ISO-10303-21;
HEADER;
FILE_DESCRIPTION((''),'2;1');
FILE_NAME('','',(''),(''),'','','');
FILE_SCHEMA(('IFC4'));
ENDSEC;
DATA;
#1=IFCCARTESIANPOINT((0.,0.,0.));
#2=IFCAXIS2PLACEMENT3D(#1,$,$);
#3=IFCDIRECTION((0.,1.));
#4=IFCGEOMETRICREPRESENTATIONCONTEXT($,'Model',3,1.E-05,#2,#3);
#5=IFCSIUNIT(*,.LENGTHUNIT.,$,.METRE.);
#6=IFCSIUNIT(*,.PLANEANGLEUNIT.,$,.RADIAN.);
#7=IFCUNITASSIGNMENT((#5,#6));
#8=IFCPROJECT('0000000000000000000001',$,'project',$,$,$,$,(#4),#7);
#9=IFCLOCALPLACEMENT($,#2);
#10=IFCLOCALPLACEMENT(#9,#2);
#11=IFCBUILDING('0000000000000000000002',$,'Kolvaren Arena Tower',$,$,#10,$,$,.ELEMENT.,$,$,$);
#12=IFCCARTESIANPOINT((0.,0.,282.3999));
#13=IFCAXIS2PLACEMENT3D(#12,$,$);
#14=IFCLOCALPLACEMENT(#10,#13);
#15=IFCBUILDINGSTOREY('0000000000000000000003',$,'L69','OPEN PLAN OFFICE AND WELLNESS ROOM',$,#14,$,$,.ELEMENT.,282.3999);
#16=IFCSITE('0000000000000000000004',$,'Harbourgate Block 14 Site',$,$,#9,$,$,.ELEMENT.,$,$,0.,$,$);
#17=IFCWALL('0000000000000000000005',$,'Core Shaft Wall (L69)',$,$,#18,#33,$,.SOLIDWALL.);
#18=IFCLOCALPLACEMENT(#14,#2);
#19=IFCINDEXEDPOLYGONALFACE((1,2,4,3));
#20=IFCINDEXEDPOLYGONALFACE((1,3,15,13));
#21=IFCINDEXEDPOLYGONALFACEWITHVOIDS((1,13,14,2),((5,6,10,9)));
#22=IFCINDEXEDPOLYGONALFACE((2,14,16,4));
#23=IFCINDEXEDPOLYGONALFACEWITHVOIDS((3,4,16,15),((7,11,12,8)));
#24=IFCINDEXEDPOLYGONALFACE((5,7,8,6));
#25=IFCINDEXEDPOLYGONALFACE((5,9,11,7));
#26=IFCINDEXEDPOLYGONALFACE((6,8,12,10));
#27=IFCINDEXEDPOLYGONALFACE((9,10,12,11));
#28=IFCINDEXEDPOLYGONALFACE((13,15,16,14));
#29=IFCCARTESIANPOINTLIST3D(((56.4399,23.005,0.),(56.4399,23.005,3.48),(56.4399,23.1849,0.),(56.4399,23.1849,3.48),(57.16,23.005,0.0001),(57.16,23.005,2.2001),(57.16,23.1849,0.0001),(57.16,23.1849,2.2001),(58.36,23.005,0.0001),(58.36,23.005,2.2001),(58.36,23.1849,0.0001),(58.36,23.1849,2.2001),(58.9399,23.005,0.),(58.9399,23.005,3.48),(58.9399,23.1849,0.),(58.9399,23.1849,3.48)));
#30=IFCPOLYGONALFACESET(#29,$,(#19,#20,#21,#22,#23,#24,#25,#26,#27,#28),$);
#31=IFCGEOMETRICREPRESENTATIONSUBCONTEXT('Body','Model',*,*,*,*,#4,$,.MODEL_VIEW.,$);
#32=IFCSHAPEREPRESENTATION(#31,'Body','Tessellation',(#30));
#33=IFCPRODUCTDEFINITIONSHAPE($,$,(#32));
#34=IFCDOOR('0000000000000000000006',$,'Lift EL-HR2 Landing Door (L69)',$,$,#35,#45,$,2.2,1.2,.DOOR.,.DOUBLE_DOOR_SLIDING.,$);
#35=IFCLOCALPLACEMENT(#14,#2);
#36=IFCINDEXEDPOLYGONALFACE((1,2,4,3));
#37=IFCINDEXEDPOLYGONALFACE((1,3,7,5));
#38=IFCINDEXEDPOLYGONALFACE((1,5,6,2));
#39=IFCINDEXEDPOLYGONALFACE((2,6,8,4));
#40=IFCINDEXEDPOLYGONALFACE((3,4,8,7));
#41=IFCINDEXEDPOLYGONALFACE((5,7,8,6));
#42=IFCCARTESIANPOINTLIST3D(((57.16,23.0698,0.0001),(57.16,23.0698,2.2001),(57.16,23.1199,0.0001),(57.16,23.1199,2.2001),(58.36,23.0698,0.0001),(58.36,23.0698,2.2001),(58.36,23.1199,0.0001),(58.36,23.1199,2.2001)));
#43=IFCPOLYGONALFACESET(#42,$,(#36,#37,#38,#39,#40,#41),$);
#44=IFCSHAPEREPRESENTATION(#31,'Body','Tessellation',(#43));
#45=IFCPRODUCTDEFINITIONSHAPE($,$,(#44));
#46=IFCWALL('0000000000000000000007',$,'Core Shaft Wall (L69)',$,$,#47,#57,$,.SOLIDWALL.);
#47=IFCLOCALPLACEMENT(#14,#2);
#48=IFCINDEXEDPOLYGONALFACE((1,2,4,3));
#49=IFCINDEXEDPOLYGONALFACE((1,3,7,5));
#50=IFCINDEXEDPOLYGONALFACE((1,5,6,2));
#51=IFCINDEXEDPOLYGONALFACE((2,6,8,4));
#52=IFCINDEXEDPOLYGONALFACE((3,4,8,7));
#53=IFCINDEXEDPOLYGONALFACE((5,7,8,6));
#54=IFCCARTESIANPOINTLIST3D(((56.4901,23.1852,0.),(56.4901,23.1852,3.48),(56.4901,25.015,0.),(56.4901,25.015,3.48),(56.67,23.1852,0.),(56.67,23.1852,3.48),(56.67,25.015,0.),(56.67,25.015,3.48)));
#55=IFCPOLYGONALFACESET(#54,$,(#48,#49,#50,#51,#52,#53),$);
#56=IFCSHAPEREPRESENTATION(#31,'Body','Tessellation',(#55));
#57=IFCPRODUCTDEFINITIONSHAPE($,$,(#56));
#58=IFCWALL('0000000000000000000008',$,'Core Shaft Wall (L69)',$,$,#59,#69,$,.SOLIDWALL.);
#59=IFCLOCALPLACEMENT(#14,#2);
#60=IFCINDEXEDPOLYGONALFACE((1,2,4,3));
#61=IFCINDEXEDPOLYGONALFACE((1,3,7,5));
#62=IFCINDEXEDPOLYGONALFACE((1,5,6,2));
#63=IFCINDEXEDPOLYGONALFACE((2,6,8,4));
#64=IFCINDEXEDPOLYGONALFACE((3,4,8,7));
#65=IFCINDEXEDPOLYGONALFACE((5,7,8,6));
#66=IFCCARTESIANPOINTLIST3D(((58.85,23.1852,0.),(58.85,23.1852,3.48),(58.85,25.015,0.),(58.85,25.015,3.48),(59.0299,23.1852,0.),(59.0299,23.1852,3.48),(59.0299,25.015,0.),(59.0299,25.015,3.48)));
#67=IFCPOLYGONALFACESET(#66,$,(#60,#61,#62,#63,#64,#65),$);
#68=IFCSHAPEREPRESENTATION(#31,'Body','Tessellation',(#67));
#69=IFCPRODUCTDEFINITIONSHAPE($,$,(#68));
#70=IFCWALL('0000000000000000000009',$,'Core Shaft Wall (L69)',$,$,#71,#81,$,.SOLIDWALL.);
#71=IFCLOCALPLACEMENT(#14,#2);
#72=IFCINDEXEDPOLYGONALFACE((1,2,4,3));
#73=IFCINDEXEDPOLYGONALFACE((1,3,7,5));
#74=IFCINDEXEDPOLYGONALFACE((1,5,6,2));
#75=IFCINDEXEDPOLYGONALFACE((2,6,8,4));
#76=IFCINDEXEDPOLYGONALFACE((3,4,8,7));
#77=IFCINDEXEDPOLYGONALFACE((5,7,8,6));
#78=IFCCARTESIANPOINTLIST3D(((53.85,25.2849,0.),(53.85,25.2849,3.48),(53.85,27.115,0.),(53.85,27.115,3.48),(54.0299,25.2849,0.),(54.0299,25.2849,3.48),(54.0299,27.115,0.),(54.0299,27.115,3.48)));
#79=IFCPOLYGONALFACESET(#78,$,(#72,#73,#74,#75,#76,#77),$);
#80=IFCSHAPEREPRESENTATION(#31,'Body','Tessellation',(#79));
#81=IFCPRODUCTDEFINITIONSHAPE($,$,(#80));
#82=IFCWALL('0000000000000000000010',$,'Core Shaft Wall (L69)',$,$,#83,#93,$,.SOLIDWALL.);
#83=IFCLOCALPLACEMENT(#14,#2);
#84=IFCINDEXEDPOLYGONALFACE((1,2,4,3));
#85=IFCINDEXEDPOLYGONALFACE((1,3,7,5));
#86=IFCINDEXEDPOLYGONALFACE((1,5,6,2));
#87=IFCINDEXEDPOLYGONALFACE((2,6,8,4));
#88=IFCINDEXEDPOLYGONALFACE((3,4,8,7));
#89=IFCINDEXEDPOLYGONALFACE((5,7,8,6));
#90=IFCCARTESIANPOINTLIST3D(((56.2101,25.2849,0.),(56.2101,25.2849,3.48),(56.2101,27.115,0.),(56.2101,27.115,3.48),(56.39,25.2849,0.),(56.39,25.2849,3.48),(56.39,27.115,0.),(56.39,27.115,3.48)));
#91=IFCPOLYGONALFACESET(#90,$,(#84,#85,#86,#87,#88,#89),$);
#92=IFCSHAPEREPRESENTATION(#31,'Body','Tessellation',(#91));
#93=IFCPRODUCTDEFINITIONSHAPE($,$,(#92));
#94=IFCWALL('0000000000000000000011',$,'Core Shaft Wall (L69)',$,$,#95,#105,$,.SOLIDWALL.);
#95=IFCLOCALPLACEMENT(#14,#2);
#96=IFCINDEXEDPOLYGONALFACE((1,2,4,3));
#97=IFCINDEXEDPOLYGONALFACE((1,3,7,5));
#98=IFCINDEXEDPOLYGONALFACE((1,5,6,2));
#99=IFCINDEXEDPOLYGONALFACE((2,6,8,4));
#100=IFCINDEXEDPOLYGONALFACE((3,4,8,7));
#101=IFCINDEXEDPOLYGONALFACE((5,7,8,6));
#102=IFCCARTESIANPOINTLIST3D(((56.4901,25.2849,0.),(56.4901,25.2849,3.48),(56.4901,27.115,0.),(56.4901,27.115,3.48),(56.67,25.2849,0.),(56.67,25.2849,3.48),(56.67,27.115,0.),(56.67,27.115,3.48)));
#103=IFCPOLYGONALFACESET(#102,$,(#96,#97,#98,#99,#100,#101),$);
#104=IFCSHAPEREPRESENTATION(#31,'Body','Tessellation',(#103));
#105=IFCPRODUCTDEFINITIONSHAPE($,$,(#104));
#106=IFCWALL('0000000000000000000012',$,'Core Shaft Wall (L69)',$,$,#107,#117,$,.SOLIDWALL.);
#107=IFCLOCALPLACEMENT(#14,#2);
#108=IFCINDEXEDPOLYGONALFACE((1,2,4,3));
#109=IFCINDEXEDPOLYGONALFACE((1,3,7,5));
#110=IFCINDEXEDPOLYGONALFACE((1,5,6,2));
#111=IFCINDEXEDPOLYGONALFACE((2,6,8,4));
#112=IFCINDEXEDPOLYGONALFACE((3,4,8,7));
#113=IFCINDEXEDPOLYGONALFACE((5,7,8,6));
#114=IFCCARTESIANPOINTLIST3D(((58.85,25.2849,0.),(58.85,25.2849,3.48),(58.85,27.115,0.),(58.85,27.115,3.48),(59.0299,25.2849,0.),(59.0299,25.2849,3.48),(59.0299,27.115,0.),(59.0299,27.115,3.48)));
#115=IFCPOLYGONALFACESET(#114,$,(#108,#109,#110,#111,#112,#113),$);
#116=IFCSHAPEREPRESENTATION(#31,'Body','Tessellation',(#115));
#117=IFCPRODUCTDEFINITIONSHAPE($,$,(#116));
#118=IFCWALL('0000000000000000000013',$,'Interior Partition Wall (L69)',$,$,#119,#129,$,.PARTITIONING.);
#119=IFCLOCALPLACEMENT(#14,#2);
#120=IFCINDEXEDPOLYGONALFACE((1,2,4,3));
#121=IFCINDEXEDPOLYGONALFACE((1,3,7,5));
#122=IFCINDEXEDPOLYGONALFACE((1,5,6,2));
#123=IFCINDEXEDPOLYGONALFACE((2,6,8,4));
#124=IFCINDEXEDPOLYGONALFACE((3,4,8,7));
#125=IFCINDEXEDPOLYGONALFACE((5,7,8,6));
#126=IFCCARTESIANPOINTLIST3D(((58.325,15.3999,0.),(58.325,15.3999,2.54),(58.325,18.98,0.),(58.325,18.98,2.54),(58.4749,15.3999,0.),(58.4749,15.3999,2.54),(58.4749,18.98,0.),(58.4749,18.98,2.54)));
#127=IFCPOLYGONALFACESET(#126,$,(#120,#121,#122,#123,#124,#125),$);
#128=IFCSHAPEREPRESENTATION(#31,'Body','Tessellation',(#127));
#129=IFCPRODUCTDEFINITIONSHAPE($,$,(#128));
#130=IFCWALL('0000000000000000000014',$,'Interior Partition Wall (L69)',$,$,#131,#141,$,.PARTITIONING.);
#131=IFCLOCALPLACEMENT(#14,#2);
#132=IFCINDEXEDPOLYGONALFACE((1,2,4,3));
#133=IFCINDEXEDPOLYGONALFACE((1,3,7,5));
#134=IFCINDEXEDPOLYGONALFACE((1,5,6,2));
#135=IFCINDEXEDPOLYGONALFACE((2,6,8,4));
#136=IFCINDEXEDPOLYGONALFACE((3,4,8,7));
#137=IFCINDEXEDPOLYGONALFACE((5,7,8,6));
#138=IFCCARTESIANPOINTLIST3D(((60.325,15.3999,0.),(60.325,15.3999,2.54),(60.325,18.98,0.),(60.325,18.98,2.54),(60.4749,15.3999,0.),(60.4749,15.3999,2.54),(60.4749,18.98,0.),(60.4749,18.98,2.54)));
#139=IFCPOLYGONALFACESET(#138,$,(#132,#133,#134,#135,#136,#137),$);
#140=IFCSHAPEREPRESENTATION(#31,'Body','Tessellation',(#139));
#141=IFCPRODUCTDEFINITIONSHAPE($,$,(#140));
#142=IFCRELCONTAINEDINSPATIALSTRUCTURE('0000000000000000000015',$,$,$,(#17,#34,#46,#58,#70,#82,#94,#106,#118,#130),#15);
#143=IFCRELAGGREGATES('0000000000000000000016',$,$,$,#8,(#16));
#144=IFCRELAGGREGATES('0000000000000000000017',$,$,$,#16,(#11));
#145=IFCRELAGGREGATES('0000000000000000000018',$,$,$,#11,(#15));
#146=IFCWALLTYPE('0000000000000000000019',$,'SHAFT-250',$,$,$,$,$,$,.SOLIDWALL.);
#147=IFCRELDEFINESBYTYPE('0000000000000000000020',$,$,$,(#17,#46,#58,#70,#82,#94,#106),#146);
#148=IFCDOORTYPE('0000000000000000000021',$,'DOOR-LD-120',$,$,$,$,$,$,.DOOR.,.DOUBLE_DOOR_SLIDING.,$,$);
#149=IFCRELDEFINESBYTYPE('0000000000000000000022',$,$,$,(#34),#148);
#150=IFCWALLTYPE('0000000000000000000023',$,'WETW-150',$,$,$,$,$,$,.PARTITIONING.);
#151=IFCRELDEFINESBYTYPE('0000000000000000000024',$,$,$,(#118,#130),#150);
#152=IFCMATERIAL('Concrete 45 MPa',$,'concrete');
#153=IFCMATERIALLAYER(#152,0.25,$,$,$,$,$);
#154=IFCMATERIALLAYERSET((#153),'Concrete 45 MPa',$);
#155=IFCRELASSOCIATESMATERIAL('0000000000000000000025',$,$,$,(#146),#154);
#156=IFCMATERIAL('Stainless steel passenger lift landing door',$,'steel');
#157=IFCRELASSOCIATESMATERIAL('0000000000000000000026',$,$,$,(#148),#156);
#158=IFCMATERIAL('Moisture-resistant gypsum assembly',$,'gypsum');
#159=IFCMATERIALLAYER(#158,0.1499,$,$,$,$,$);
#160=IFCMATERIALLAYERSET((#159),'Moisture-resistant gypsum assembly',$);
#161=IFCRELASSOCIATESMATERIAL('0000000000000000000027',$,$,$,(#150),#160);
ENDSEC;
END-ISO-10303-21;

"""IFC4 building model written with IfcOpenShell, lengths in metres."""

from ifc_helpers import new_model, si_unit, direction, frame, frame_2d, origin, place, context, subcontext, project, spatial, rectangle, extrude, material, layer, layer_set, type_object, element, fill, save


model = new_model("IFC4")

# Units and contexts
model_context = context("Model", 3, precision=1e-05, world=origin(), true_north=direction((0.0, 1.0)))
body_context = subcontext(model_context, "Body", "Model", "MODEL_VIEW")
ifc_project = project(units=[si_unit("LENGTHUNIT", "METRE"), si_unit("PLANEANGLEUNIT", "RADIAN")], contexts=[model_context])

# Site, building, storey
site_placement = place(None, origin())
site = spatial("IfcSite", under=ifc_project, at=site_placement, Name="Harbourgate Block 14 Site", CompositionType="ELEMENT", RefElevation=0.0)
building_placement = place(site_placement, origin())
building = spatial("IfcBuilding", under=site, at=building_placement, Name="Kolvaren Arena Tower", CompositionType="ELEMENT")
storey_placement = place(building_placement, frame((0.0, 0.0, 282.3999)))
storey = spatial("IfcBuildingStorey", under=building, at=storey_placement, Name="L69", Description="OPEN PLAN OFFICE AND WELLNESS ROOM", CompositionType="ELEMENT", Elevation=282.3999)

# Shared definitions
ifc_material_1 = material(Name="Concrete 45 MPa", Category="concrete")
ifc_layer_1 = layer(ifc_material_1, 0.25)
ifc_layer_set_1 = layer_set([ifc_layer_1], Name="Concrete 45 MPa")
wall_type_1 = type_object("IfcWallType", Name="SHAFT-250", PredefinedType="SOLIDWALL", material=ifc_layer_set_1)

# Wall, opening, door
wall_1_placement = place(storey_placement, frame((56.4399, 23.095, 0.0), z_axis=(0.0, 0.0, 1.0), x_axis=(1.0, 0.0, 0.0)))
wall_1 = element("IfcWall", 1, at=wall_1_placement, inside=storey, type_object=wall_type_1, Name="Core Shaft Wall (L69)", PredefinedType="SOLIDWALL", context=body_context, shape_type="SweptSolid", body=[
    extrude(rectangle(XDim=2.5, YDim=0.1799, at=frame_2d((1.25, 0.0))), origin(), (0.0, 0.0, 1.0), 3.48),
])
opening_placement = place(wall_1_placement, frame((0.72, 0.0, 0.0)))
opening = element("IfcOpeningElement", 2, at=opening_placement, cuts=wall_1, PredefinedType="OPENING", context=body_context, shape_type="SweptSolid", body=[
    extrude(rectangle(XDim=1.2, YDim=2.2, at=frame_2d((0.6001, 1.1001))), frame((0.0, 0.0999, 0.0), z_axis=(0.0, -1.0, 0.0), x_axis=(1.0, 0.0, 0.0)), (0.0, 0.0, 1.0), 0.2),
])
ifc_material_2 = material(Name="Stainless steel passenger lift landing door", Category="steel")
door_type = type_object("IfcDoorType", Name="DOOR-LD-120", OperationType="DOUBLE_DOOR_SLIDING", PredefinedType="DOOR", material=ifc_material_2)
door_placement = place(opening_placement, origin())
door = element("IfcDoor", 3, at=door_placement, inside=storey, type_object=door_type, Name="Lift EL-HR2 Landing Door (L69)", OperationType="DOUBLE_DOOR_SLIDING", OverallHeight=2.2, OverallWidth=1.2, PredefinedType="DOOR", context=body_context, shape_type="SweptSolid", body=[
    extrude(rectangle(XDim=1.2, YDim=2.2, at=frame_2d((0.6001, 1.1001))), frame((0.0, 0.0249, 0.0), z_axis=(0.0, -1.0, 0.0), x_axis=(1.0, 0.0, 0.0)), (0.0, 0.0, 1.0), 0.05),
])
fill(opening, door)

# Walls
for number, where, z_axis, x_axis, name in (
    (4, (56.5801, 23.1851, 0.0), (0.0, 0.0, 1.0), (0.0, 1.0, 0.0), "Core Shaft Wall (L69)"),
    (5, (58.9399, 23.1851, 0.0), (0.0, 0.0, 1.0), (0.0, 1.0, 0.0), "Core Shaft Wall (L69)"),
):
    element("IfcWall", number, at=place(storey_placement, frame(where, z_axis=z_axis, x_axis=x_axis)), inside=storey, type_object=wall_type_1, Name=name, PredefinedType="SOLIDWALL", context=body_context, shape_type="SweptSolid", body=[
        extrude(rectangle(XDim=1.8298, YDim=0.1799, at=frame_2d((0.915, 0.0))), origin(), (0.0, 0.0, 1.0), 3.48),
    ])
for number, where, z_axis, x_axis, name in (
    (6, (53.9399, 25.2849, 0.0), (0.0, 0.0, 1.0), (0.0, 1.0, 0.0), "Core Shaft Wall (L69)"),
    (7, (56.3, 25.2849, 0.0), (0.0, 0.0, 1.0), (0.0, 1.0, 0.0), "Core Shaft Wall (L69)"),
    (8, (56.5801, 25.2849, 0.0), (0.0, 0.0, 1.0), (0.0, 1.0, 0.0), "Core Shaft Wall (L69)"),
    (9, (58.9399, 25.2849, 0.0), (0.0, 0.0, 1.0), (0.0, 1.0, 0.0), "Core Shaft Wall (L69)"),
):
    element("IfcWall", number, at=place(storey_placement, frame(where, z_axis=z_axis, x_axis=x_axis)), inside=storey, type_object=wall_type_1, Name=name, PredefinedType="SOLIDWALL", context=body_context, shape_type="SweptSolid", body=[
        extrude(rectangle(XDim=1.8301, YDim=0.1799, at=frame_2d((0.915, 0.0))), origin(), (0.0, 0.0, 1.0), 3.48),
    ])
ifc_material_3 = material(Name="Moisture-resistant gypsum assembly", Category="gypsum")
ifc_layer_2 = layer(ifc_material_3, 0.1499)
ifc_layer_set_2 = layer_set([ifc_layer_2], Name="Moisture-resistant gypsum assembly")
wall_type_2 = type_object("IfcWallType", Name="WETW-150", PredefinedType="PARTITIONING", material=ifc_layer_set_2)
for number, where, z_axis, x_axis, name in (
    (10, (58.3999, 15.3999, 0.0), (0.0, 0.0, 1.0), (0.0, 1.0, 0.0), "Interior Partition Wall (L69)"),
    (11, (60.3999, 15.3999, 0.0), (0.0, 0.0, 1.0), (0.0, 1.0, 0.0), "Interior Partition Wall (L69)"),
):
    element("IfcWall", number, at=place(storey_placement, frame(where, z_axis=z_axis, x_axis=x_axis)), inside=storey, type_object=wall_type_2, Name=name, PredefinedType="PARTITIONING", context=body_context, shape_type="SweptSolid", body=[
        extrude(rectangle(XDim=3.5801, YDim=0.1499, at=frame_2d((1.79, 0.0))), origin(), (0.0, 0.0, 1.0), 2.54),
    ])

save(model, "model.ifc")
